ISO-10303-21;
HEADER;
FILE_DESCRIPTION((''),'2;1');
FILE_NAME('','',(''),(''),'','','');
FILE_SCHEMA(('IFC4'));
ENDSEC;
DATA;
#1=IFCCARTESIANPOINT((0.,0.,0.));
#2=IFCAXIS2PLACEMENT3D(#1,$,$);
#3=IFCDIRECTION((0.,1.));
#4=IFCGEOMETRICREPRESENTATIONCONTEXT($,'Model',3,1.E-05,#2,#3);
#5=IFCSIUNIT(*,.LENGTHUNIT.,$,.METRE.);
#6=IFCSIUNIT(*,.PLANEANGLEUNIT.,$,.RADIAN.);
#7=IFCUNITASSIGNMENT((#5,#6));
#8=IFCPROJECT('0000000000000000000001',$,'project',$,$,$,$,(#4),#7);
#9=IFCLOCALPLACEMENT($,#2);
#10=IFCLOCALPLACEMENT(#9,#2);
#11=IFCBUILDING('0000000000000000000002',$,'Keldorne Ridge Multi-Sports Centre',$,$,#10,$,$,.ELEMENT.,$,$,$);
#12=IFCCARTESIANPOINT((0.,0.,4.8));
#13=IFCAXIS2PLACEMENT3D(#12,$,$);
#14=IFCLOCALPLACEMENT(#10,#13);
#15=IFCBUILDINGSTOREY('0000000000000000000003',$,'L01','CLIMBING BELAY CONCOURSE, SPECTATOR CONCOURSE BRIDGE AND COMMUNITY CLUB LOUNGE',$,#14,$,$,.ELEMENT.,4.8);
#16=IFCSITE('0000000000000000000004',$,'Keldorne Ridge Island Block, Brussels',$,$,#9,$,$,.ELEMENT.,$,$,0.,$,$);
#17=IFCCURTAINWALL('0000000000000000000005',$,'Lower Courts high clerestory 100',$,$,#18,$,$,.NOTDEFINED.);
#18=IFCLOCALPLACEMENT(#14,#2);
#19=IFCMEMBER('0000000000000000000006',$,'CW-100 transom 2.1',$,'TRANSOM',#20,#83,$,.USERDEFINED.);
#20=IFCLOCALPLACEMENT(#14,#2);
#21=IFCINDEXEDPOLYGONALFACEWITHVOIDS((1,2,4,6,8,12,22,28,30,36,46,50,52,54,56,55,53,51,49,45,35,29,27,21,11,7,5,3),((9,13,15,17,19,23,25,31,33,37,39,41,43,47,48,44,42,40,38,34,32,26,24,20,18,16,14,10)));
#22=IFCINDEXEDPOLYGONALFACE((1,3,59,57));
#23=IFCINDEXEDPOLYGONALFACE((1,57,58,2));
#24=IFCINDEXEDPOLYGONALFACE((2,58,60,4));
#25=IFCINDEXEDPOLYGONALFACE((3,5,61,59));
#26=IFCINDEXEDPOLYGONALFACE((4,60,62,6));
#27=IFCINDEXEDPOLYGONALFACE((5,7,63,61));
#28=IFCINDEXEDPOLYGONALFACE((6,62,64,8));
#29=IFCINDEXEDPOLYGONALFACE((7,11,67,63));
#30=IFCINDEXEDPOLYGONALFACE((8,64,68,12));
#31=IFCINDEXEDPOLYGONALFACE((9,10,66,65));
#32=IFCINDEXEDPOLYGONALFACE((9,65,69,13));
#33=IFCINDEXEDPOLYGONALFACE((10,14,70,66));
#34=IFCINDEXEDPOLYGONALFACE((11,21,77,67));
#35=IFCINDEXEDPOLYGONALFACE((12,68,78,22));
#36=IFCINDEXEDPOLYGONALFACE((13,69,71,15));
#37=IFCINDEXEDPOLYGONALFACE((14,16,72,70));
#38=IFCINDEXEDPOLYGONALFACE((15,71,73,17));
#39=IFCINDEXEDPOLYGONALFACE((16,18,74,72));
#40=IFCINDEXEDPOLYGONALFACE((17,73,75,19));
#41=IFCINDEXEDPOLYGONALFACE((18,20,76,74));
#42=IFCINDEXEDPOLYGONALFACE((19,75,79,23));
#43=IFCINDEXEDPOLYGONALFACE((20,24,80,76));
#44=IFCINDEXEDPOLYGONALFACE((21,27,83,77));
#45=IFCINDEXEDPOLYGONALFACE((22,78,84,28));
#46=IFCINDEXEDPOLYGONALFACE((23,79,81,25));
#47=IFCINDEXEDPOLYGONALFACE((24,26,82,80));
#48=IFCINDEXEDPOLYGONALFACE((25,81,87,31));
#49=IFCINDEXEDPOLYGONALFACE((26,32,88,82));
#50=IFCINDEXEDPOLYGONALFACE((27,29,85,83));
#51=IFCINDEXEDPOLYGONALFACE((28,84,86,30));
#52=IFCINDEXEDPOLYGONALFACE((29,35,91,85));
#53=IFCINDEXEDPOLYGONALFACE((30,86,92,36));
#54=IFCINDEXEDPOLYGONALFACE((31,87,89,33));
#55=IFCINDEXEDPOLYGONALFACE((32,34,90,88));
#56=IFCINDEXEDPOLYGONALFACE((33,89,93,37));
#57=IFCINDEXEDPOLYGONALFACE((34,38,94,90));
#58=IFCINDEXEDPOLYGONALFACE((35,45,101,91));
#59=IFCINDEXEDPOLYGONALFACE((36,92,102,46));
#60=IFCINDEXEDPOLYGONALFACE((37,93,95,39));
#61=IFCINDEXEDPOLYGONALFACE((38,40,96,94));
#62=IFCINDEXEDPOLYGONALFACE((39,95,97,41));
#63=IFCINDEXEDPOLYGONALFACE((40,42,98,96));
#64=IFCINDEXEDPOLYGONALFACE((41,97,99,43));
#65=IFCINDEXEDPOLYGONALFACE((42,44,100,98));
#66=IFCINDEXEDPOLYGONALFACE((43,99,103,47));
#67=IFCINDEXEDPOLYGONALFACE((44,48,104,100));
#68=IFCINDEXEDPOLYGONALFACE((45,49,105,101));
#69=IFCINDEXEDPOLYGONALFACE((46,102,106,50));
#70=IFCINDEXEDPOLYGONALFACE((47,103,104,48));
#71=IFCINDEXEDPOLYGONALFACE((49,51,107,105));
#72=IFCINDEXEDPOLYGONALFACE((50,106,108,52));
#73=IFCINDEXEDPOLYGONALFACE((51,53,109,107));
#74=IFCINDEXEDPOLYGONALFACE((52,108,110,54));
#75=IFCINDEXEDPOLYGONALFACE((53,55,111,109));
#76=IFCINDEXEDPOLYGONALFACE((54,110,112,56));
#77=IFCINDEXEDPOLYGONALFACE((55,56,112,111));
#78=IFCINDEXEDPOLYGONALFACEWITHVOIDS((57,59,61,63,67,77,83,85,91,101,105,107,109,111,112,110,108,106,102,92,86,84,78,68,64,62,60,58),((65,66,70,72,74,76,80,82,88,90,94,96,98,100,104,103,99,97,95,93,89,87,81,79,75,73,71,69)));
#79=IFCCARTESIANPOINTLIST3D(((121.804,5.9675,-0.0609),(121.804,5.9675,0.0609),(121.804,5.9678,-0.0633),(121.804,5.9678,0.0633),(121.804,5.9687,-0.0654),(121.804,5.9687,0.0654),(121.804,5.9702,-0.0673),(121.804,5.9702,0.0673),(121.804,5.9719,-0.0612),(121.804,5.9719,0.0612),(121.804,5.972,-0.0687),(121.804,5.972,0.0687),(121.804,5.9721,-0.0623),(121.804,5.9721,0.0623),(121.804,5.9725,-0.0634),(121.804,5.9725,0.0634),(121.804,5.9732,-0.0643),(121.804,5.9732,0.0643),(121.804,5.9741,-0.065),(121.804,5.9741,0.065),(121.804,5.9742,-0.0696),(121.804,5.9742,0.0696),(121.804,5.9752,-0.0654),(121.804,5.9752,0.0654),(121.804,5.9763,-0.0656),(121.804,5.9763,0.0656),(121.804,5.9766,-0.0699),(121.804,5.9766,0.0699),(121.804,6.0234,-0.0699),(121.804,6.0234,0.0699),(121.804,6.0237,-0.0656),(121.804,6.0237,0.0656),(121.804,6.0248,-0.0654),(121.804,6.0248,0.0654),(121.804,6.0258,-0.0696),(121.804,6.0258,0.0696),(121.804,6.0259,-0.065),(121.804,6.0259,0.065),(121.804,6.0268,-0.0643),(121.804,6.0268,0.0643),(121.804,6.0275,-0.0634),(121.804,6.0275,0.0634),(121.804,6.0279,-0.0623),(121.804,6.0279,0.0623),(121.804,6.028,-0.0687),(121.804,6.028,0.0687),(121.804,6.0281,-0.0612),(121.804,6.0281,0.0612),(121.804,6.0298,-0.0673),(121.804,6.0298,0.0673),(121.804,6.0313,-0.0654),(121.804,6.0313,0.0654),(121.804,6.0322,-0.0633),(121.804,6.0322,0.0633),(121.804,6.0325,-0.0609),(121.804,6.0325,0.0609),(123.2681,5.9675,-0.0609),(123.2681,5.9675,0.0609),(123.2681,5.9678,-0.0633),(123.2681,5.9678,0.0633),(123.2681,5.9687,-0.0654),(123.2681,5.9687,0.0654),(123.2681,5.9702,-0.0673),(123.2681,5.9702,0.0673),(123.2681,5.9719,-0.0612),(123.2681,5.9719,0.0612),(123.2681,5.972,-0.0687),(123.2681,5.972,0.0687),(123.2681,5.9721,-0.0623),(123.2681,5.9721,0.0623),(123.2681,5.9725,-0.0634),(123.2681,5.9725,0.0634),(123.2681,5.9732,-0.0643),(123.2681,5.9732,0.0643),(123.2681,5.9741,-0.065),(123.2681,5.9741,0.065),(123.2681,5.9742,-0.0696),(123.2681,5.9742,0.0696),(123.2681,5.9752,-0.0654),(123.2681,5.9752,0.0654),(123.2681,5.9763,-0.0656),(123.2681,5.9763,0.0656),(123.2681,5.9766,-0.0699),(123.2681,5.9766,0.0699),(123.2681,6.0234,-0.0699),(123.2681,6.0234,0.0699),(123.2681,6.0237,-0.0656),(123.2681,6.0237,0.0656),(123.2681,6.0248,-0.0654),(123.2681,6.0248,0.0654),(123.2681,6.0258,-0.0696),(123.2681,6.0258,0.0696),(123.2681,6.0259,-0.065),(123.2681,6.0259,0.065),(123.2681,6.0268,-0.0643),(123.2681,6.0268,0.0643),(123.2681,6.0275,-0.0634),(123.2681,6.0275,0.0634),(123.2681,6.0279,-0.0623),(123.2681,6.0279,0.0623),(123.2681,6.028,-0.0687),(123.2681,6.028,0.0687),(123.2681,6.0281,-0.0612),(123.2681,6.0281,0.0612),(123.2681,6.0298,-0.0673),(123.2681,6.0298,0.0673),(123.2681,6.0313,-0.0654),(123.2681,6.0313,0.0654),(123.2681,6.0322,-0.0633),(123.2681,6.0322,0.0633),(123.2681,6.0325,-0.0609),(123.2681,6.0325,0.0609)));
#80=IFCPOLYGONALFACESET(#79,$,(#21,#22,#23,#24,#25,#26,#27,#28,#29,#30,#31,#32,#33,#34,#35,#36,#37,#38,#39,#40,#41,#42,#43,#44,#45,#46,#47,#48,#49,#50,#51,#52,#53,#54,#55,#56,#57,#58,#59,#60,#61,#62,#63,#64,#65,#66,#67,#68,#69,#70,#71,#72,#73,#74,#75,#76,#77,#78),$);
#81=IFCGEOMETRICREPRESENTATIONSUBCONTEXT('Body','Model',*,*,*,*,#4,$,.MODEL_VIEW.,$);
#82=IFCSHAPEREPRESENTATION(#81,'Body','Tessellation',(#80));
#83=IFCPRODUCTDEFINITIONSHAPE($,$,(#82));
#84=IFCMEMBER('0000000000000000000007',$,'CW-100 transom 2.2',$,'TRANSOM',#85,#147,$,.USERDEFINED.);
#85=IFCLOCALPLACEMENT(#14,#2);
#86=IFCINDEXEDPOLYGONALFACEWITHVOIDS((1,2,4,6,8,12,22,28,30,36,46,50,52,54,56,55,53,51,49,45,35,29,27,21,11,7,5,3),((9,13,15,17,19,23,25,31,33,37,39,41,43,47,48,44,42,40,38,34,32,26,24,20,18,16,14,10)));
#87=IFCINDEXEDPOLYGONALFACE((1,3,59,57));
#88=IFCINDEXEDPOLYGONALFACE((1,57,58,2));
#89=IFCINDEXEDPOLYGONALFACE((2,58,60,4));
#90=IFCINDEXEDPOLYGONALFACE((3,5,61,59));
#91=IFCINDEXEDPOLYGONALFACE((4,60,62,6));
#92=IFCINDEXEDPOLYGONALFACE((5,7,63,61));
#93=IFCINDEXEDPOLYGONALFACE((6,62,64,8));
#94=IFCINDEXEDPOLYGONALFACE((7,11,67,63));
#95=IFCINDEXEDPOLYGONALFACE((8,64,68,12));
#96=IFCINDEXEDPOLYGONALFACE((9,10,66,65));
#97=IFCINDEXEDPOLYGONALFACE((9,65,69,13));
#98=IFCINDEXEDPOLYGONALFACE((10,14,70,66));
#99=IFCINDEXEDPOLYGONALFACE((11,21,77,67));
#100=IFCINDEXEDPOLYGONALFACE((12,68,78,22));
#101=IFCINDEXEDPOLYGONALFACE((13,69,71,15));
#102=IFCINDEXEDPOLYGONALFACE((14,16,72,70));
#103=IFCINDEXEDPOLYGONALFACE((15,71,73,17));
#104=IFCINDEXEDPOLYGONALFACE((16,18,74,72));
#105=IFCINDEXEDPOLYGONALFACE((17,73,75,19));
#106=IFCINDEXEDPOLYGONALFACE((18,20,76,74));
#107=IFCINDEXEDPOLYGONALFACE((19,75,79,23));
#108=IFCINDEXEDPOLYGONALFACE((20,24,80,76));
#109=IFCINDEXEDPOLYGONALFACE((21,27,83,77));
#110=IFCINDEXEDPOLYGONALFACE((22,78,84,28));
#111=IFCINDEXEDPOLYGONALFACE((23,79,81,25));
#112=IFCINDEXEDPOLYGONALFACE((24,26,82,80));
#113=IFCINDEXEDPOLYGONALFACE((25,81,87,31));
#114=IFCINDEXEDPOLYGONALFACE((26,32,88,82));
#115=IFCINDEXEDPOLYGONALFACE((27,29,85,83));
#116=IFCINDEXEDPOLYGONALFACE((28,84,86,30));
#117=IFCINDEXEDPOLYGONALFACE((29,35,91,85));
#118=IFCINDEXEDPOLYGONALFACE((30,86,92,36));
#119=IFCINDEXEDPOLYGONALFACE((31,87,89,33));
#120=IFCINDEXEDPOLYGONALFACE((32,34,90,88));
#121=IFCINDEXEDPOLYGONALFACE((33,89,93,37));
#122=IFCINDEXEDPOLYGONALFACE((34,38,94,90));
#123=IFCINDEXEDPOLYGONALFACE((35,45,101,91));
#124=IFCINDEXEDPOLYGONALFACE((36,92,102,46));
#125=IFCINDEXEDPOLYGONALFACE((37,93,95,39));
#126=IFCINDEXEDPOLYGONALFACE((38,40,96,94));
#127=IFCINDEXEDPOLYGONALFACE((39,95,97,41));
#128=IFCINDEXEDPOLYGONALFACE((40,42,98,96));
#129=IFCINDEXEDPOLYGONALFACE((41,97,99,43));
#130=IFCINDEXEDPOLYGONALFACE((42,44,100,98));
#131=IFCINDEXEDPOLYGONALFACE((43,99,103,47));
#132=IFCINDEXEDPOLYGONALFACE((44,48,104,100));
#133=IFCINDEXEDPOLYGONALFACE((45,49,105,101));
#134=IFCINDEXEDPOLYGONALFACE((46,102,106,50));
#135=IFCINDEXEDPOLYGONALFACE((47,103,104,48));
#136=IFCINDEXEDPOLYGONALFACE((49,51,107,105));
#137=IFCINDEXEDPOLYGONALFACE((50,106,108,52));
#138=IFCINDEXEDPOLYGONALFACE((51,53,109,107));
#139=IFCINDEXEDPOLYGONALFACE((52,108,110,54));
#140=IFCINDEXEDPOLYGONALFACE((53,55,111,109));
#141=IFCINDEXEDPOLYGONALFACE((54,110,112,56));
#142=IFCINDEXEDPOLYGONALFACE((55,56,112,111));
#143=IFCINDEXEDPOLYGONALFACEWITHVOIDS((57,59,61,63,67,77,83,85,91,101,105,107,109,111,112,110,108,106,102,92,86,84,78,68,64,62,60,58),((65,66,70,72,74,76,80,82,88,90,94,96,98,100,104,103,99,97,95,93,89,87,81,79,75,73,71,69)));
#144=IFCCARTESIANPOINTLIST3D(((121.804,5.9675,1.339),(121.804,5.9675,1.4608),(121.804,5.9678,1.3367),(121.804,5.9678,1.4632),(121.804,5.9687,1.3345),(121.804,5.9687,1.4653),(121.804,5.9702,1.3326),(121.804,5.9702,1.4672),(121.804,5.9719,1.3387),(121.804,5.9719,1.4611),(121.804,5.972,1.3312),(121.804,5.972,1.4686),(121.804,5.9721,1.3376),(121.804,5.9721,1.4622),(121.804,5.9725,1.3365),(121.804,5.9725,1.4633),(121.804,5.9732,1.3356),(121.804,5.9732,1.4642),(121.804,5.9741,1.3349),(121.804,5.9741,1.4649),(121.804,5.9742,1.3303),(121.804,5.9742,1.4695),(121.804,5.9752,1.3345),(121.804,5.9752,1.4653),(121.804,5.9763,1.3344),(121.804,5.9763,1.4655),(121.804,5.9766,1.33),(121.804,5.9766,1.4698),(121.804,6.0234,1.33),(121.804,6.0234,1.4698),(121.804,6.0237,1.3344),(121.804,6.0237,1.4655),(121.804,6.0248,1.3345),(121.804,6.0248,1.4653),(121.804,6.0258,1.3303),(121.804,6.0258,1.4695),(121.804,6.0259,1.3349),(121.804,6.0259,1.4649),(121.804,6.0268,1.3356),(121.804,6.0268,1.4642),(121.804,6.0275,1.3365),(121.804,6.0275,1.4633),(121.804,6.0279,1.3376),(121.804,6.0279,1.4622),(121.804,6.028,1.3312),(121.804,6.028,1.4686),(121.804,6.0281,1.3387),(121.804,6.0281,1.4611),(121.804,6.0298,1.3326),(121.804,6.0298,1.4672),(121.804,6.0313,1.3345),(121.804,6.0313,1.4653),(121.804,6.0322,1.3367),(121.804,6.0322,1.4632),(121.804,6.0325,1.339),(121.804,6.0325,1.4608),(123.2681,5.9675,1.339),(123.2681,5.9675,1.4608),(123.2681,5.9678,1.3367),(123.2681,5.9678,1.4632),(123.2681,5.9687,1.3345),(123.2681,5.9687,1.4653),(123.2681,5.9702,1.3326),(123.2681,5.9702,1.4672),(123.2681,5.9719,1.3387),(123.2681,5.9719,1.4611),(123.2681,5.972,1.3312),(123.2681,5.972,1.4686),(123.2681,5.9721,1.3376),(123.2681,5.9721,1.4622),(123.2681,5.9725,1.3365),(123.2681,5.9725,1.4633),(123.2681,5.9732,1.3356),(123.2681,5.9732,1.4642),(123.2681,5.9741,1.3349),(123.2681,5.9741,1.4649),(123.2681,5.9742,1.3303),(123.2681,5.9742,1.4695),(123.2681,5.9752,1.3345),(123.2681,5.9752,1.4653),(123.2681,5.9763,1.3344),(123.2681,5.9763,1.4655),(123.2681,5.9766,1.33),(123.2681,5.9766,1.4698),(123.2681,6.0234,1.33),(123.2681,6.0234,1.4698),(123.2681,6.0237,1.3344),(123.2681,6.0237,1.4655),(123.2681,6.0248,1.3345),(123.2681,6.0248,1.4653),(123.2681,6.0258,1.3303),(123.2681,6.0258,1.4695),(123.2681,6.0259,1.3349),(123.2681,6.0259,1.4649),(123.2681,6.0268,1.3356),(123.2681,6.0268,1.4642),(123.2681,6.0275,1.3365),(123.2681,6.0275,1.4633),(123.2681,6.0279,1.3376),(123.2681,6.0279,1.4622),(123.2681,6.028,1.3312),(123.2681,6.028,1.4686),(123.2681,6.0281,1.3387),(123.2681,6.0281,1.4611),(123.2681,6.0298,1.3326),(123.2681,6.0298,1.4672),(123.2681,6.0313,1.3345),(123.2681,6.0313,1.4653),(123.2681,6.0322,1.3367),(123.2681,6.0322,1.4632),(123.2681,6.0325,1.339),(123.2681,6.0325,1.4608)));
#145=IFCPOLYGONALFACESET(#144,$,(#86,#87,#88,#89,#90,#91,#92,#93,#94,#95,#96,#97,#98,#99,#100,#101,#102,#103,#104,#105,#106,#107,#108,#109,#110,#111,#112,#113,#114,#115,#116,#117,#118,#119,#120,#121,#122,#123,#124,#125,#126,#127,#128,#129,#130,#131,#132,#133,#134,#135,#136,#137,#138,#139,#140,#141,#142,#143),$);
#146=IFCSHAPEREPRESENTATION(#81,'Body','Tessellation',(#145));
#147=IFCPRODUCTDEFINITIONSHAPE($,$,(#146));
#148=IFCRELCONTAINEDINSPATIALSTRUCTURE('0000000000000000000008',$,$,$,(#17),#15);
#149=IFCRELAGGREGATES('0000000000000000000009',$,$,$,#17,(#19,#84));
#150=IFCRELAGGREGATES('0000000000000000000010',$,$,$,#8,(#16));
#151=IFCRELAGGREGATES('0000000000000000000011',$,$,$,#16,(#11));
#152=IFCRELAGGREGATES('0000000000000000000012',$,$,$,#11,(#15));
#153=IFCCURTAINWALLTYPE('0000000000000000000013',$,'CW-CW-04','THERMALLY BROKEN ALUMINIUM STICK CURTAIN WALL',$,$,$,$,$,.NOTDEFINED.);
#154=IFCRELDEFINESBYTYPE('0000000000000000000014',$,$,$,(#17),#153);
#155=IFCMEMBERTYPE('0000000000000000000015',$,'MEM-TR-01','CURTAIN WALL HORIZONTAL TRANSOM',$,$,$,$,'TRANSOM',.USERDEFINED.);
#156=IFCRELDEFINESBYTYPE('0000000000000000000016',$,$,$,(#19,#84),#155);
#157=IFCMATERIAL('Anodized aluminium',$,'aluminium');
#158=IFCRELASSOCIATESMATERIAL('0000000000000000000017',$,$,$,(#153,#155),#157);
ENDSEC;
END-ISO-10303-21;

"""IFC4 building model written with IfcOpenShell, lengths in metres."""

from ifc_helpers import new_model, si_unit, direction, frame, origin, origin_2d, place, context, subcontext, project, spatial, hollow_rectangle, extrude, material, material_profile, profile_set, type_object, element, aggregate, save


model = new_model("IFC4")

# Units and contexts
model_context = context("Model", 3, precision=1e-05, world=origin(), true_north=direction((0.0, 1.0)))
body_context = subcontext(model_context, "Body", "Model", "MODEL_VIEW")
ifc_project = project(units=[si_unit("LENGTHUNIT", "METRE"), si_unit("PLANEANGLEUNIT", "RADIAN")], contexts=[model_context])

# Site, building, storey
site_placement = place(None, origin())
site = spatial("IfcSite", under=ifc_project, at=site_placement, Name="Keldorne Ridge Island Block, Brussels", CompositionType="ELEMENT", RefElevation=0.0)
building_placement = place(site_placement, origin())
building = spatial("IfcBuilding", under=site, at=building_placement, Name="Keldorne Ridge Multi-Sports Centre", CompositionType="ELEMENT")
storey_placement = place(building_placement, frame((0.0, 0.0, 4.8)))
storey = spatial("IfcBuildingStorey", under=building, at=storey_placement, Name="L01", Description="CLIMBING BELAY CONCOURSE, SPECTATOR CONCOURSE BRIDGE AND COMMUNITY CLUB LOUNGE", CompositionType="ELEMENT", Elevation=4.8)

# Curtain wall, members
ifc_material_1 = material(Name="Anodized aluminium", Category="aluminium")
curtain_wall_type = type_object("IfcCurtainWallType", Name="CW-CW-04", Description="THERMALLY BROKEN ALUMINIUM STICK CURTAIN WALL", PredefinedType="NOTDEFINED", material=ifc_material_1)
curtain_wall_placement = place(storey_placement, origin())
curtain_wall = element("IfcCurtainWall", 1, at=curtain_wall_placement, inside=storey, type_object=curtain_wall_type, Name="Lower Courts high clerestory 100", PredefinedType="NOTDEFINED")
ifc_material_profile_1 = material_profile(ifc_material_1, hollow_rectangle(XDim=0.0649, YDim=0.1399, WallThickness=0.0044, InnerFilletRadius=0.0044, OuterFilletRadius=0.009, at=origin_2d()), Name="ALU TRANSOM 140x65x4.5")
ifc_profile_set_1 = profile_set([ifc_material_profile_1], Name="Anodized aluminium")
member_type_1 = type_object("IfcMemberType", Name="MEM-TR-01", Description="CURTAIN WALL HORIZONTAL TRANSOM", ElementType="TRANSOM", PredefinedType="USERDEFINED", material=ifc_profile_set_1)
member_1_placement = place(storey_placement, frame((121.804, 6.0, 0.0), z_axis=(1.0, 0.0, 0.0), x_axis=(0.0, 1.0, 0.0)))
member_1 = element("IfcMember", 2, at=member_1_placement, type_object=member_type_1, Name="CW-100 transom 2.1", ObjectType="TRANSOM", PredefinedType="USERDEFINED", context=body_context, shape_type="SweptSolid", body=[
    extrude(hollow_rectangle(XDim=0.0649, YDim=0.1399, WallThickness=0.0044, InnerFilletRadius=0.0044, OuterFilletRadius=0.009, at=origin_2d()), origin(), (0.0, 0.0, 1.0), 1.4641),
])
member_2_placement = place(storey_placement, frame((121.804, 6.0, 1.3999), z_axis=(1.0, 0.0, 0.0), x_axis=(0.0, 1.0, 0.0)))
member_2 = element("IfcMember", 3, at=member_2_placement, type_object=member_type_1, Name="CW-100 transom 2.2", ObjectType="TRANSOM", PredefinedType="USERDEFINED", context=body_context, shape_type="SweptSolid", body=[
    extrude(hollow_rectangle(XDim=0.0649, YDim=0.1399, WallThickness=0.0044, InnerFilletRadius=0.0044, OuterFilletRadius=0.009, at=origin_2d()), origin(), (0.0, 0.0, 1.0), 1.4641),
])

aggregate(curtain_wall, [member_1, member_2])

save(model, "model.ifc")
